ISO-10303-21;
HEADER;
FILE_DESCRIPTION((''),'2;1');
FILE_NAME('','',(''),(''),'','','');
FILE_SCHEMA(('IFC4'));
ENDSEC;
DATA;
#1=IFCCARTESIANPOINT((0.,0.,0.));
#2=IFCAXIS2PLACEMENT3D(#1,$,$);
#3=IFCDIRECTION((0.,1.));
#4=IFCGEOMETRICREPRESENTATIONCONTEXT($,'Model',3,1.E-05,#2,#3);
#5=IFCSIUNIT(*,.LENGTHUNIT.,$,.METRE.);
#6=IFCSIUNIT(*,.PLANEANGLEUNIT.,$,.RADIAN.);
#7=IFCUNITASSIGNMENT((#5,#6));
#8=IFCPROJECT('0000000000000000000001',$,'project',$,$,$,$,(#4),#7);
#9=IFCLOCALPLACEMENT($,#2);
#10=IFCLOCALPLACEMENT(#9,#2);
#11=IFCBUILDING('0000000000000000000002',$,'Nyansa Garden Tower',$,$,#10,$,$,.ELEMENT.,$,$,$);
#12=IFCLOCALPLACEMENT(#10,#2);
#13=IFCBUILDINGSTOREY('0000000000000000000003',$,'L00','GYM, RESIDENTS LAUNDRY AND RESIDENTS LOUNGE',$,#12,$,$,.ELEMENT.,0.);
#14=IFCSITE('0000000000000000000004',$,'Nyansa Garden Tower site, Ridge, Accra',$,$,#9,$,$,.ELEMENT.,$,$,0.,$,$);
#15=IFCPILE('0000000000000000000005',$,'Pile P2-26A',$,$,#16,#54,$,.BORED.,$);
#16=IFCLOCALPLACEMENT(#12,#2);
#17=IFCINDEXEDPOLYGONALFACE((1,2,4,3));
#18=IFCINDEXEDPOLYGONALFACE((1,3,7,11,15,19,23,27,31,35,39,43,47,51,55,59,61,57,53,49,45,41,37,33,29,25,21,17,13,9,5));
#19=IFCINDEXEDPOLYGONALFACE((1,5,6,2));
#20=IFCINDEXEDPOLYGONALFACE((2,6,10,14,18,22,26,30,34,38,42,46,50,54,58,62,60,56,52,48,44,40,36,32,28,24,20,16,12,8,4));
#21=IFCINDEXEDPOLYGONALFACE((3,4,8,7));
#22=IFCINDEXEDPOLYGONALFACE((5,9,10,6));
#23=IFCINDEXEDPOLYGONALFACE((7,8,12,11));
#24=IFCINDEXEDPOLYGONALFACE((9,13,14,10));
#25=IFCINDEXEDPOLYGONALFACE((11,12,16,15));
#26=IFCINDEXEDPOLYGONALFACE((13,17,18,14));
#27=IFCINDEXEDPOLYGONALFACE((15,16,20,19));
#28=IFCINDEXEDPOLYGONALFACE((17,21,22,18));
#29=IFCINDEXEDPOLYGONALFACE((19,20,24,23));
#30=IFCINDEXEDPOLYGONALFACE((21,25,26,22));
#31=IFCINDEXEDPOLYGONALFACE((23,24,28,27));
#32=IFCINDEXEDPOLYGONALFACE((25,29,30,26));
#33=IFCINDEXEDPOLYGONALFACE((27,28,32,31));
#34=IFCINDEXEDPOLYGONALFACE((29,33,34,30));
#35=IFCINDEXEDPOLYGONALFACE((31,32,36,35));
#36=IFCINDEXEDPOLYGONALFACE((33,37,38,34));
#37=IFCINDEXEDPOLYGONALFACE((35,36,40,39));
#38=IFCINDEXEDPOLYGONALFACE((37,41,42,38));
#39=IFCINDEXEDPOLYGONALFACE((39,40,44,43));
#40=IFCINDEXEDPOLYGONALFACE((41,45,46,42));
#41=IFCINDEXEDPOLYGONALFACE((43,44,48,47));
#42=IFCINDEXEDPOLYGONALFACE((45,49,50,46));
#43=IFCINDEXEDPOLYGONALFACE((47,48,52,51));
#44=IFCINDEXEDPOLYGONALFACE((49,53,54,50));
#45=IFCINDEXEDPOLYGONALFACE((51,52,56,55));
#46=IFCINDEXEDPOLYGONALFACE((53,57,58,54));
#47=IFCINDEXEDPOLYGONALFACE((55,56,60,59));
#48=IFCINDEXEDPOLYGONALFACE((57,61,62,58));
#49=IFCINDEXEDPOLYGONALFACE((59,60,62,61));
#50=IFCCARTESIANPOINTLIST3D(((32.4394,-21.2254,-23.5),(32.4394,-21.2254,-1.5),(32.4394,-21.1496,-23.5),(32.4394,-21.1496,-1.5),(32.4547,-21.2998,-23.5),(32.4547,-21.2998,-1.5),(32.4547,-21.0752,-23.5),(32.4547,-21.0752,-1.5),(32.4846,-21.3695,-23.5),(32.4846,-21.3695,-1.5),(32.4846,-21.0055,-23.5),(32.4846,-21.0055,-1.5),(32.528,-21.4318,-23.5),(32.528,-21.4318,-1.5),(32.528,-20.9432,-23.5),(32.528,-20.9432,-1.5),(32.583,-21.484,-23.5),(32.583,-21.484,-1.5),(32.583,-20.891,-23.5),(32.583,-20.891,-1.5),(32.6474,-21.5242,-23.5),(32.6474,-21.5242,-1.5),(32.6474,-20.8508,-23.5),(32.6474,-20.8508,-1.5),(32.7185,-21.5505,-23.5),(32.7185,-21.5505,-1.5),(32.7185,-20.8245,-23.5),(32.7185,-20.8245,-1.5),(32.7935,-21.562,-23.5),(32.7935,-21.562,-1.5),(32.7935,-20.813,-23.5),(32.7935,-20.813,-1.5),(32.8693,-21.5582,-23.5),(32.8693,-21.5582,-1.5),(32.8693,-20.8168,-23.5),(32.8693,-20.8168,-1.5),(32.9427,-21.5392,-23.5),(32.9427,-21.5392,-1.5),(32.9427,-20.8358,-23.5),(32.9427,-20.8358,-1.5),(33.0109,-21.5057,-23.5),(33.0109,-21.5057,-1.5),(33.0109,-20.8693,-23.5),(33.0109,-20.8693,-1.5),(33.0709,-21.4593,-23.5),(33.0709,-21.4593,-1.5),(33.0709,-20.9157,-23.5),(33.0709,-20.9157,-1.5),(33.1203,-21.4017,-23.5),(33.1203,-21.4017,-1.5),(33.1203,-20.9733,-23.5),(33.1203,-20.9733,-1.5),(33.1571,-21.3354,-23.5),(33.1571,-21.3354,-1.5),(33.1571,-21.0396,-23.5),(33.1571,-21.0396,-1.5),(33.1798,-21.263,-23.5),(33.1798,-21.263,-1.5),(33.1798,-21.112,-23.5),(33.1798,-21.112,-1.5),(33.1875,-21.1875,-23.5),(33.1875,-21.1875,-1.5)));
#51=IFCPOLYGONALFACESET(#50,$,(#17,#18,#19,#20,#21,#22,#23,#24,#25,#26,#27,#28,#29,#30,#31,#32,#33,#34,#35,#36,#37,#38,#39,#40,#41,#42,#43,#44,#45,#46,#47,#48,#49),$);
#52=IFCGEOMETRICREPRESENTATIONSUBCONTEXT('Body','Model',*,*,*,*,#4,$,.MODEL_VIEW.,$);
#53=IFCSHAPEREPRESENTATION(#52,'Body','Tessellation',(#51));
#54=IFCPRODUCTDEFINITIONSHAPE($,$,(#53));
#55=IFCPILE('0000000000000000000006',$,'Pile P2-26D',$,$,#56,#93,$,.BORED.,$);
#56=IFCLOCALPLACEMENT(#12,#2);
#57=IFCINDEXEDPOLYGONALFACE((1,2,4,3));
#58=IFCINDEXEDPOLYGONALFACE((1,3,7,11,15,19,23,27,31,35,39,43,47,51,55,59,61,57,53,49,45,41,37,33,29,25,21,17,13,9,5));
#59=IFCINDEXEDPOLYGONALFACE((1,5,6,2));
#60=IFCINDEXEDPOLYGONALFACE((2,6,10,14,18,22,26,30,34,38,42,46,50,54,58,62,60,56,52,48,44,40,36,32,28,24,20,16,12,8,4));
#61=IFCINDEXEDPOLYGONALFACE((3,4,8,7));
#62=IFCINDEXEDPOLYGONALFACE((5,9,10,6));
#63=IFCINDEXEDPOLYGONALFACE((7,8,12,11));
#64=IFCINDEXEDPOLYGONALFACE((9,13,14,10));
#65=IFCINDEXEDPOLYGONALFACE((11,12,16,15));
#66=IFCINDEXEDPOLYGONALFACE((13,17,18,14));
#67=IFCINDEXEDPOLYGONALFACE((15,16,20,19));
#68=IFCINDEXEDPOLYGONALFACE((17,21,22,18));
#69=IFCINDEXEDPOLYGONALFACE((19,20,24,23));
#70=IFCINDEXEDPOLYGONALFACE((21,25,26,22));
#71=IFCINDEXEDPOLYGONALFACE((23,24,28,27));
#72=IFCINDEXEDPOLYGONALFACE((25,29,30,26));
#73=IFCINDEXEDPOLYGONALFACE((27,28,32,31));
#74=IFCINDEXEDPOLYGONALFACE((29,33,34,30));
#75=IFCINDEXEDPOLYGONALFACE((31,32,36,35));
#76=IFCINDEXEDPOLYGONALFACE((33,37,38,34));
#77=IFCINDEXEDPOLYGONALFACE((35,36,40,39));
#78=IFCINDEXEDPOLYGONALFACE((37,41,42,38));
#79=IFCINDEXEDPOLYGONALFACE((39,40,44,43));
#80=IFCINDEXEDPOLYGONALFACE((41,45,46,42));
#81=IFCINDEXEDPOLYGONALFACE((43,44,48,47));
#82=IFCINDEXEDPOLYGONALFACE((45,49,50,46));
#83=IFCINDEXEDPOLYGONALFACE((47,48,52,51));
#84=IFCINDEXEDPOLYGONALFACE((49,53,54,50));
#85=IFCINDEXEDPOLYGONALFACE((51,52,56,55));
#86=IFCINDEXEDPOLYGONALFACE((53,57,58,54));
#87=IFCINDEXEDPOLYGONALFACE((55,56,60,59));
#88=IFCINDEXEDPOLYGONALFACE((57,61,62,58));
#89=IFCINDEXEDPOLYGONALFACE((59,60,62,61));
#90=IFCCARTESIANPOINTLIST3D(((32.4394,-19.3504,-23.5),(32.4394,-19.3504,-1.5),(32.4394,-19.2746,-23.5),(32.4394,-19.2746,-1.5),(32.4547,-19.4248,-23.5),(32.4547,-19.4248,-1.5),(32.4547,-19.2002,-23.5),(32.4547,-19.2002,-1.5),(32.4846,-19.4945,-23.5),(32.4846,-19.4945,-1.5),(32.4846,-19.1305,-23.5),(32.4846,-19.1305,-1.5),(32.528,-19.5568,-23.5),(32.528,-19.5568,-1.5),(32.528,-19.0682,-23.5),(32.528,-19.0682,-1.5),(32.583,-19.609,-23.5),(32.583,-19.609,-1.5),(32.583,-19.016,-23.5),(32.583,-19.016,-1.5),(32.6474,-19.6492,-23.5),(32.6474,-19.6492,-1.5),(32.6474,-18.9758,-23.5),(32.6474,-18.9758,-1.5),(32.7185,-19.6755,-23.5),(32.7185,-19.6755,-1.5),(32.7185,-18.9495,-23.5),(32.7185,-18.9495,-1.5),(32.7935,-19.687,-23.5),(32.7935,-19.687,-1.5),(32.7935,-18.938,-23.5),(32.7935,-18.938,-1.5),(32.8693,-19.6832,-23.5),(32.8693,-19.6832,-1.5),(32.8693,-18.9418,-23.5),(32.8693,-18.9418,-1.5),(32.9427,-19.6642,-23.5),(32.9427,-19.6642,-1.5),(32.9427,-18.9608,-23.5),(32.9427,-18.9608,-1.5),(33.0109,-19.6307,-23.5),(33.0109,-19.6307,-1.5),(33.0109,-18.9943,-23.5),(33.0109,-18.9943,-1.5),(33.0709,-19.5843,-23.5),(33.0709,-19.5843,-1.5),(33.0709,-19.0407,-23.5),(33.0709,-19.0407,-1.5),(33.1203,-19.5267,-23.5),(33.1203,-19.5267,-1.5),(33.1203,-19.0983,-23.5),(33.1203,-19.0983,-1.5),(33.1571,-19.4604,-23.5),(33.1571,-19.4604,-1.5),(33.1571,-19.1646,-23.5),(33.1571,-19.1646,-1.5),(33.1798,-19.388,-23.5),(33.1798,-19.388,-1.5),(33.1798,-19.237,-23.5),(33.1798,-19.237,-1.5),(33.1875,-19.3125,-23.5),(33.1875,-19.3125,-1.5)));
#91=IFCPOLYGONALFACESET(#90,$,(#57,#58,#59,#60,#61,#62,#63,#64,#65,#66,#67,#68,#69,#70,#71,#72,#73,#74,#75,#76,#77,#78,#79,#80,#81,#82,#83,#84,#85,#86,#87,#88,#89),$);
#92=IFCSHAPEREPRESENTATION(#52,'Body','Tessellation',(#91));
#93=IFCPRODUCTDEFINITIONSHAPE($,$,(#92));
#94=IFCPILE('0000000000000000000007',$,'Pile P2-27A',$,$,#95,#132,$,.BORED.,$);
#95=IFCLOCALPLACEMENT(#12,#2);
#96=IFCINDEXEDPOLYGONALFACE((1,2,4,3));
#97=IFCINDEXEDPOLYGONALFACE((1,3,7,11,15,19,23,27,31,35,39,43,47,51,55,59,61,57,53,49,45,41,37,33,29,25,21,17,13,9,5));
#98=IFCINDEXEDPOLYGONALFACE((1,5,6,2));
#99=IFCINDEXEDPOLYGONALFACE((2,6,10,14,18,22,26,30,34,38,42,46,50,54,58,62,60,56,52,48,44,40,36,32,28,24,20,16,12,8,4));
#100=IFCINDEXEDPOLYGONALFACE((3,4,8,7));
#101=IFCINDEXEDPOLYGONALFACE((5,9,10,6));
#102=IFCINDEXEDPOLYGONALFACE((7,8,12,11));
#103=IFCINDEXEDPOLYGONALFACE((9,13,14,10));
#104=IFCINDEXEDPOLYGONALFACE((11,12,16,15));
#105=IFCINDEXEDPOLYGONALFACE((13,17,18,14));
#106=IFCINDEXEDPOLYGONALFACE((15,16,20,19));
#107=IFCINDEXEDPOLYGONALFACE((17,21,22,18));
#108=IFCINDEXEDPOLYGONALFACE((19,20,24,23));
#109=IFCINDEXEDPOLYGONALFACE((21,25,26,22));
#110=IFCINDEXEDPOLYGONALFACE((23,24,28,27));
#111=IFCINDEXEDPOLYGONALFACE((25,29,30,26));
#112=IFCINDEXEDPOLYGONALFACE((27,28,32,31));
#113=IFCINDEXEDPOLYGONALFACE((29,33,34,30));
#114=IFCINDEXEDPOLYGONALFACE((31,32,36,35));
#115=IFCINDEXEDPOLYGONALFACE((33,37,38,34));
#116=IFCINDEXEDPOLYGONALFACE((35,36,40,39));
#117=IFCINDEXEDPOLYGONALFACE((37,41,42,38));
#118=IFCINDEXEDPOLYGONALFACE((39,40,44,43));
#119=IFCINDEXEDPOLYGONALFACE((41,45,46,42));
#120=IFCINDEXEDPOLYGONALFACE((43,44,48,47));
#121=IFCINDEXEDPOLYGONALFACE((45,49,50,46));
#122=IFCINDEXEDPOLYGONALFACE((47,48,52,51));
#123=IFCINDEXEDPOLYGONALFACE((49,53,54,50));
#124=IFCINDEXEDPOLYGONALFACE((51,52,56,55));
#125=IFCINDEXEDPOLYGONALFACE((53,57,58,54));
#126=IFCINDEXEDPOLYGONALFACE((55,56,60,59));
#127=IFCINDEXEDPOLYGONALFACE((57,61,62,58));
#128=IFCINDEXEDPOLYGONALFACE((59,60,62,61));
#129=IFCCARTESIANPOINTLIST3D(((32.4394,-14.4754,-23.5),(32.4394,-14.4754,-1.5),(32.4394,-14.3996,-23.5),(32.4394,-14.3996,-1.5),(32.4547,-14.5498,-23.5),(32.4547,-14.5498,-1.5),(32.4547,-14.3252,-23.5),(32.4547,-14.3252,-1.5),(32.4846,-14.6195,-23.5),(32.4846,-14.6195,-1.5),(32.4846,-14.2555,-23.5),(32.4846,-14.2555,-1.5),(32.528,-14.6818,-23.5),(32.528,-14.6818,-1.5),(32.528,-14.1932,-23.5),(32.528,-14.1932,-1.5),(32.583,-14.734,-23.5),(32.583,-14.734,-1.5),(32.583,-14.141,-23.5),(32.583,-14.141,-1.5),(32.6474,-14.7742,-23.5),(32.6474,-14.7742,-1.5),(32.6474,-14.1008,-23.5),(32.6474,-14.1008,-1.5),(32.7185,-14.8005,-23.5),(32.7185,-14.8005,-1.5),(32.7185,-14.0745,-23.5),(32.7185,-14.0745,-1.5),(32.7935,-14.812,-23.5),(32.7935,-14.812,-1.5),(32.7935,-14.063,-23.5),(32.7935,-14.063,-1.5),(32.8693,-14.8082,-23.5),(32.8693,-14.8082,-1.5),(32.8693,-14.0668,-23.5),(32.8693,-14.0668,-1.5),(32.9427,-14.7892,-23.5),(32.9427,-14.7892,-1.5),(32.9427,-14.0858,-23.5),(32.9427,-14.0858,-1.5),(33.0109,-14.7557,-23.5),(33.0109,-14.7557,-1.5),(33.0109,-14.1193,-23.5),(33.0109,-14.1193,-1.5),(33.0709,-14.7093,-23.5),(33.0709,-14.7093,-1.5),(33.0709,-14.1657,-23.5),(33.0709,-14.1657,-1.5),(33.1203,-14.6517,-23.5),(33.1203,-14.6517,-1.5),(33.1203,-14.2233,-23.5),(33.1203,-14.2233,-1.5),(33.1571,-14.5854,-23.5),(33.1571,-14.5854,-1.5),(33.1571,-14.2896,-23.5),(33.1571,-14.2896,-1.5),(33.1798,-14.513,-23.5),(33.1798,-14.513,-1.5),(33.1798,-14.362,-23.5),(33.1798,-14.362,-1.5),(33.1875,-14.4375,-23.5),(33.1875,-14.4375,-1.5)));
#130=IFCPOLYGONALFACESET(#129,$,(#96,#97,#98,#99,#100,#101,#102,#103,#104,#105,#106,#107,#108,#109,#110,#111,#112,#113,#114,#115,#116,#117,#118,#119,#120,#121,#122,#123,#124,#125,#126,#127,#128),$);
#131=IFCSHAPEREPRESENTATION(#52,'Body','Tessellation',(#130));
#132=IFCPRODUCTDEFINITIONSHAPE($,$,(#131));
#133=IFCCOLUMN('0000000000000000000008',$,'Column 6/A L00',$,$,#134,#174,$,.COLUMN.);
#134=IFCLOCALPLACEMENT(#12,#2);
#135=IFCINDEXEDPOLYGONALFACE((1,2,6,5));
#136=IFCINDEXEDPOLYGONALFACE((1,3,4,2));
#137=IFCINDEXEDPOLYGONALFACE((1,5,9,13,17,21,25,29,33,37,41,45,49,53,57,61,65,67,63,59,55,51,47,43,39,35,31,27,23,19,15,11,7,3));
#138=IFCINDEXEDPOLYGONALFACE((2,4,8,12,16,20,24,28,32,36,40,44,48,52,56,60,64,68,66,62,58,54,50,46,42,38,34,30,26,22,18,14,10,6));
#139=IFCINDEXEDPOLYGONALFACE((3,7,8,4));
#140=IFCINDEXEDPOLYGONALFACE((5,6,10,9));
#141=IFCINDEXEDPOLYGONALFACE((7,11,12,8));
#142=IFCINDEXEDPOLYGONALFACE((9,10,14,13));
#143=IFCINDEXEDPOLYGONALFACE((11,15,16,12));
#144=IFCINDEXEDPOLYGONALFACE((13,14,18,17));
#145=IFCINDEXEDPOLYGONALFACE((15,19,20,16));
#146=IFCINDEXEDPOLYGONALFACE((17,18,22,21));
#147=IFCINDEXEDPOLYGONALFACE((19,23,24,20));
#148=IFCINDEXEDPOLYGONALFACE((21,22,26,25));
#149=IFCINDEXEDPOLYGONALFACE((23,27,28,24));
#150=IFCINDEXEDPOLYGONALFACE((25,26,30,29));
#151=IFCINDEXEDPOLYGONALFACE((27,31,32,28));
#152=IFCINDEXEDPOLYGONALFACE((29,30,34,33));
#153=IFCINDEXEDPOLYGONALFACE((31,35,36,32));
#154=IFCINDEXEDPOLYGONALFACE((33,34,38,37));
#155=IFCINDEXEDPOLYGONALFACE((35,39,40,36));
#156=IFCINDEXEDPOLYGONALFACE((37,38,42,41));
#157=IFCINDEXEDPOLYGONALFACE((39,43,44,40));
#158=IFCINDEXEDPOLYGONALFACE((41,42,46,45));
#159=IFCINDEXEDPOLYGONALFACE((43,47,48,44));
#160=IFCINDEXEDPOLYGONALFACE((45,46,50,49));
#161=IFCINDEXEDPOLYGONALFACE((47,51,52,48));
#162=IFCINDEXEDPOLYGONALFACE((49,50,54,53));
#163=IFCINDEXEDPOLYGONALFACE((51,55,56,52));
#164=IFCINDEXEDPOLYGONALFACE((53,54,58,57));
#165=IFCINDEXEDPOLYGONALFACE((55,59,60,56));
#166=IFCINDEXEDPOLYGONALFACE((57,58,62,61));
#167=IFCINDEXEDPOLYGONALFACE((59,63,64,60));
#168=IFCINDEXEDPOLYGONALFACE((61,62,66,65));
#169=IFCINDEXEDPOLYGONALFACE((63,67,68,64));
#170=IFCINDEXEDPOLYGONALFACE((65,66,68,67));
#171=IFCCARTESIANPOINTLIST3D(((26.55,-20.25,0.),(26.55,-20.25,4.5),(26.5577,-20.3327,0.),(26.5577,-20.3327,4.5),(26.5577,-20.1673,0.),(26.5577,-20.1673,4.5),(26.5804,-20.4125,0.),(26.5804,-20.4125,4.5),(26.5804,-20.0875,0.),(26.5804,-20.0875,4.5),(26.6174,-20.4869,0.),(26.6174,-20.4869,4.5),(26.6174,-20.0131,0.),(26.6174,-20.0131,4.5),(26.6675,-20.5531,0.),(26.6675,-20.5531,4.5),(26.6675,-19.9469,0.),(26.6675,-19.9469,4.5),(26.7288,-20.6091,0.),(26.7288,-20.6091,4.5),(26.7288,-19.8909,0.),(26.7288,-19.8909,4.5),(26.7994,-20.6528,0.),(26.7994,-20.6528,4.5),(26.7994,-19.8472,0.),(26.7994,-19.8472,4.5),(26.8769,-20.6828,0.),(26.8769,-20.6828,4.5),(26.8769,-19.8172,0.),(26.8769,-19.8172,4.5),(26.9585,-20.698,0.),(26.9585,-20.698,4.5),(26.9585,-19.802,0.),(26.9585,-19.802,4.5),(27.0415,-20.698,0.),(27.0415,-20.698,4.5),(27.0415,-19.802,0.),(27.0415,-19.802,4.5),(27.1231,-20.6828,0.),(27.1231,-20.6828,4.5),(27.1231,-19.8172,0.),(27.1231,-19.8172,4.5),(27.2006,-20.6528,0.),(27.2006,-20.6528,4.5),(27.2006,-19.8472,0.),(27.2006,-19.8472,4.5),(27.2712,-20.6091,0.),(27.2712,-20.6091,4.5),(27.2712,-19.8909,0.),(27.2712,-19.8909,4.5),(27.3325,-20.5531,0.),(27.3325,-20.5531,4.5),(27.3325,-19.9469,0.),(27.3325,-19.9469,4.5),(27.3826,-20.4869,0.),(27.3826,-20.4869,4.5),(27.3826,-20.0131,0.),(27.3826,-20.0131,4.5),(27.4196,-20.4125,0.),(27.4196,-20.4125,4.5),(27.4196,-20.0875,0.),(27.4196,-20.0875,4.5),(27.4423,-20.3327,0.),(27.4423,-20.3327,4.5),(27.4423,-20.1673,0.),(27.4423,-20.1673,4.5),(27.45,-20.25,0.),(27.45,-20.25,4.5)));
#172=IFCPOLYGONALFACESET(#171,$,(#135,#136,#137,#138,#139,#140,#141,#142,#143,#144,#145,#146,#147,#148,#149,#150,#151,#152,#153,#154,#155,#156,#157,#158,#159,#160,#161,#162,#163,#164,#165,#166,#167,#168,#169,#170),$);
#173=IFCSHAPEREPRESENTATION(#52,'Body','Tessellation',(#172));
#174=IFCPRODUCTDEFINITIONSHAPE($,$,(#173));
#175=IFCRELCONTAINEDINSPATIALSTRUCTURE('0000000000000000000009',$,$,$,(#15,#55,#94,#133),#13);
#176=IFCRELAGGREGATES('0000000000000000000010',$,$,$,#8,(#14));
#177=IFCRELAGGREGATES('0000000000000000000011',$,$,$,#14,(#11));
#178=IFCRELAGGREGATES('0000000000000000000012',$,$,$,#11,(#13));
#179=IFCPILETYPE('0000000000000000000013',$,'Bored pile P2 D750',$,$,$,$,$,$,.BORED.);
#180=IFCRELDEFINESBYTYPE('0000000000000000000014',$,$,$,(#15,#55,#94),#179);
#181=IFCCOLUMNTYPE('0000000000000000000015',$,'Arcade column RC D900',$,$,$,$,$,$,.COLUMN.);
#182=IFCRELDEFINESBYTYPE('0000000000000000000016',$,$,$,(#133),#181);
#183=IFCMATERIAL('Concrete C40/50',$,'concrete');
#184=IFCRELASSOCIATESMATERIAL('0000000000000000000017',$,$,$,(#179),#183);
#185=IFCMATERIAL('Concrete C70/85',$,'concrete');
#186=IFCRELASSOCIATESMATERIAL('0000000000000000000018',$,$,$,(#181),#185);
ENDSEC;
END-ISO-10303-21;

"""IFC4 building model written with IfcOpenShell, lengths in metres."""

from ifc_helpers import new_model, si_unit, direction, frame, origin, origin_2d, place, context, subcontext, project, spatial, circle, extrude, material, material_profile, profile_set, type_object, element, save


model = new_model("IFC4")

# Units and contexts
model_context = context("Model", 3, precision=1e-05, world=origin(), true_north=direction((0.0, 1.0)))
body_context = subcontext(model_context, "Body", "Model", "MODEL_VIEW")
ifc_project = project(units=[si_unit("LENGTHUNIT", "METRE"), si_unit("PLANEANGLEUNIT", "RADIAN")], contexts=[model_context])

# Site, building, storey
site_placement = place(None, origin())
site = spatial("IfcSite", under=ifc_project, at=site_placement, Name="Nyansa Garden Tower site, Ridge, Accra", CompositionType="ELEMENT", RefElevation=0.0)
building_placement = place(site_placement, origin())
building = spatial("IfcBuilding", under=site, at=building_placement, Name="Nyansa Garden Tower", CompositionType="ELEMENT")
storey_placement = place(building_placement, origin())
storey = spatial("IfcBuildingStorey", under=building, at=storey_placement, Name="L00", Description="GYM, RESIDENTS LAUNDRY AND RESIDENTS LOUNGE", CompositionType="ELEMENT", Elevation=0.0)

# Piles
ifc_material_1 = material(Name="Concrete C40/50", Category="concrete")
pile_type_1 = type_object("IfcPileType", Name="Bored pile P2 D750", PredefinedType="BORED", material=ifc_material_1)
for number, where, z_axis, x_axis, name in (
    (1, (32.8125, -21.1875, -1.5), (0.0, 0.0, -1.0), (1.0, 0.0, 0.0), "Pile P2-26A"),
    (2, (32.8125, -19.3125, -1.5), (0.0, 0.0, -1.0), (1.0, 0.0, 0.0), "Pile P2-26D"),
    (3, (32.8125, -14.4375, -1.5), (0.0, 0.0, -1.0), (1.0, 0.0, 0.0), "Pile P2-27A"),
):
    element("IfcPile", number, at=place(storey_placement, frame(where, z_axis=z_axis, x_axis=x_axis)), inside=storey, type_object=pile_type_1, Name=name, PredefinedType="BORED", context=body_context, shape_type="SweptSolid", body=[
        extrude(circle(Radius=0.375, at=origin_2d()), origin(), (0.0, 0.0, 1.0), 22.0),
    ])

# Column
ifc_material_2 = material(Name="Concrete C70/85", Category="concrete")
ifc_material_profile_1 = material_profile(ifc_material_2, circle(Radius=0.45, at=origin_2d()), Name="RC D900")
ifc_profile_set_1 = profile_set([ifc_material_profile_1], Name="Concrete C70/85")
column_type = type_object("IfcColumnType", Name="Arcade column RC D900", PredefinedType="COLUMN", material=ifc_profile_set_1)
for number, where, z_axis, x_axis, name in (
    (4, (27.0, -20.25, 0.0), (0.0, 0.0, 1.0), (1.0, 0.0, 0.0), "Column 6/A L00"),
):
    element("IfcColumn", number, at=place(storey_placement, frame(where, z_axis=z_axis, x_axis=x_axis)), inside=storey, type_object=column_type, Name=name, PredefinedType="COLUMN", context=body_context, shape_type="SweptSolid", body=[
        extrude(circle(Radius=0.45, at=origin_2d()), origin(), (0.0, 0.0, 1.0), 4.5),
    ])

save(model, "model.ifc")
